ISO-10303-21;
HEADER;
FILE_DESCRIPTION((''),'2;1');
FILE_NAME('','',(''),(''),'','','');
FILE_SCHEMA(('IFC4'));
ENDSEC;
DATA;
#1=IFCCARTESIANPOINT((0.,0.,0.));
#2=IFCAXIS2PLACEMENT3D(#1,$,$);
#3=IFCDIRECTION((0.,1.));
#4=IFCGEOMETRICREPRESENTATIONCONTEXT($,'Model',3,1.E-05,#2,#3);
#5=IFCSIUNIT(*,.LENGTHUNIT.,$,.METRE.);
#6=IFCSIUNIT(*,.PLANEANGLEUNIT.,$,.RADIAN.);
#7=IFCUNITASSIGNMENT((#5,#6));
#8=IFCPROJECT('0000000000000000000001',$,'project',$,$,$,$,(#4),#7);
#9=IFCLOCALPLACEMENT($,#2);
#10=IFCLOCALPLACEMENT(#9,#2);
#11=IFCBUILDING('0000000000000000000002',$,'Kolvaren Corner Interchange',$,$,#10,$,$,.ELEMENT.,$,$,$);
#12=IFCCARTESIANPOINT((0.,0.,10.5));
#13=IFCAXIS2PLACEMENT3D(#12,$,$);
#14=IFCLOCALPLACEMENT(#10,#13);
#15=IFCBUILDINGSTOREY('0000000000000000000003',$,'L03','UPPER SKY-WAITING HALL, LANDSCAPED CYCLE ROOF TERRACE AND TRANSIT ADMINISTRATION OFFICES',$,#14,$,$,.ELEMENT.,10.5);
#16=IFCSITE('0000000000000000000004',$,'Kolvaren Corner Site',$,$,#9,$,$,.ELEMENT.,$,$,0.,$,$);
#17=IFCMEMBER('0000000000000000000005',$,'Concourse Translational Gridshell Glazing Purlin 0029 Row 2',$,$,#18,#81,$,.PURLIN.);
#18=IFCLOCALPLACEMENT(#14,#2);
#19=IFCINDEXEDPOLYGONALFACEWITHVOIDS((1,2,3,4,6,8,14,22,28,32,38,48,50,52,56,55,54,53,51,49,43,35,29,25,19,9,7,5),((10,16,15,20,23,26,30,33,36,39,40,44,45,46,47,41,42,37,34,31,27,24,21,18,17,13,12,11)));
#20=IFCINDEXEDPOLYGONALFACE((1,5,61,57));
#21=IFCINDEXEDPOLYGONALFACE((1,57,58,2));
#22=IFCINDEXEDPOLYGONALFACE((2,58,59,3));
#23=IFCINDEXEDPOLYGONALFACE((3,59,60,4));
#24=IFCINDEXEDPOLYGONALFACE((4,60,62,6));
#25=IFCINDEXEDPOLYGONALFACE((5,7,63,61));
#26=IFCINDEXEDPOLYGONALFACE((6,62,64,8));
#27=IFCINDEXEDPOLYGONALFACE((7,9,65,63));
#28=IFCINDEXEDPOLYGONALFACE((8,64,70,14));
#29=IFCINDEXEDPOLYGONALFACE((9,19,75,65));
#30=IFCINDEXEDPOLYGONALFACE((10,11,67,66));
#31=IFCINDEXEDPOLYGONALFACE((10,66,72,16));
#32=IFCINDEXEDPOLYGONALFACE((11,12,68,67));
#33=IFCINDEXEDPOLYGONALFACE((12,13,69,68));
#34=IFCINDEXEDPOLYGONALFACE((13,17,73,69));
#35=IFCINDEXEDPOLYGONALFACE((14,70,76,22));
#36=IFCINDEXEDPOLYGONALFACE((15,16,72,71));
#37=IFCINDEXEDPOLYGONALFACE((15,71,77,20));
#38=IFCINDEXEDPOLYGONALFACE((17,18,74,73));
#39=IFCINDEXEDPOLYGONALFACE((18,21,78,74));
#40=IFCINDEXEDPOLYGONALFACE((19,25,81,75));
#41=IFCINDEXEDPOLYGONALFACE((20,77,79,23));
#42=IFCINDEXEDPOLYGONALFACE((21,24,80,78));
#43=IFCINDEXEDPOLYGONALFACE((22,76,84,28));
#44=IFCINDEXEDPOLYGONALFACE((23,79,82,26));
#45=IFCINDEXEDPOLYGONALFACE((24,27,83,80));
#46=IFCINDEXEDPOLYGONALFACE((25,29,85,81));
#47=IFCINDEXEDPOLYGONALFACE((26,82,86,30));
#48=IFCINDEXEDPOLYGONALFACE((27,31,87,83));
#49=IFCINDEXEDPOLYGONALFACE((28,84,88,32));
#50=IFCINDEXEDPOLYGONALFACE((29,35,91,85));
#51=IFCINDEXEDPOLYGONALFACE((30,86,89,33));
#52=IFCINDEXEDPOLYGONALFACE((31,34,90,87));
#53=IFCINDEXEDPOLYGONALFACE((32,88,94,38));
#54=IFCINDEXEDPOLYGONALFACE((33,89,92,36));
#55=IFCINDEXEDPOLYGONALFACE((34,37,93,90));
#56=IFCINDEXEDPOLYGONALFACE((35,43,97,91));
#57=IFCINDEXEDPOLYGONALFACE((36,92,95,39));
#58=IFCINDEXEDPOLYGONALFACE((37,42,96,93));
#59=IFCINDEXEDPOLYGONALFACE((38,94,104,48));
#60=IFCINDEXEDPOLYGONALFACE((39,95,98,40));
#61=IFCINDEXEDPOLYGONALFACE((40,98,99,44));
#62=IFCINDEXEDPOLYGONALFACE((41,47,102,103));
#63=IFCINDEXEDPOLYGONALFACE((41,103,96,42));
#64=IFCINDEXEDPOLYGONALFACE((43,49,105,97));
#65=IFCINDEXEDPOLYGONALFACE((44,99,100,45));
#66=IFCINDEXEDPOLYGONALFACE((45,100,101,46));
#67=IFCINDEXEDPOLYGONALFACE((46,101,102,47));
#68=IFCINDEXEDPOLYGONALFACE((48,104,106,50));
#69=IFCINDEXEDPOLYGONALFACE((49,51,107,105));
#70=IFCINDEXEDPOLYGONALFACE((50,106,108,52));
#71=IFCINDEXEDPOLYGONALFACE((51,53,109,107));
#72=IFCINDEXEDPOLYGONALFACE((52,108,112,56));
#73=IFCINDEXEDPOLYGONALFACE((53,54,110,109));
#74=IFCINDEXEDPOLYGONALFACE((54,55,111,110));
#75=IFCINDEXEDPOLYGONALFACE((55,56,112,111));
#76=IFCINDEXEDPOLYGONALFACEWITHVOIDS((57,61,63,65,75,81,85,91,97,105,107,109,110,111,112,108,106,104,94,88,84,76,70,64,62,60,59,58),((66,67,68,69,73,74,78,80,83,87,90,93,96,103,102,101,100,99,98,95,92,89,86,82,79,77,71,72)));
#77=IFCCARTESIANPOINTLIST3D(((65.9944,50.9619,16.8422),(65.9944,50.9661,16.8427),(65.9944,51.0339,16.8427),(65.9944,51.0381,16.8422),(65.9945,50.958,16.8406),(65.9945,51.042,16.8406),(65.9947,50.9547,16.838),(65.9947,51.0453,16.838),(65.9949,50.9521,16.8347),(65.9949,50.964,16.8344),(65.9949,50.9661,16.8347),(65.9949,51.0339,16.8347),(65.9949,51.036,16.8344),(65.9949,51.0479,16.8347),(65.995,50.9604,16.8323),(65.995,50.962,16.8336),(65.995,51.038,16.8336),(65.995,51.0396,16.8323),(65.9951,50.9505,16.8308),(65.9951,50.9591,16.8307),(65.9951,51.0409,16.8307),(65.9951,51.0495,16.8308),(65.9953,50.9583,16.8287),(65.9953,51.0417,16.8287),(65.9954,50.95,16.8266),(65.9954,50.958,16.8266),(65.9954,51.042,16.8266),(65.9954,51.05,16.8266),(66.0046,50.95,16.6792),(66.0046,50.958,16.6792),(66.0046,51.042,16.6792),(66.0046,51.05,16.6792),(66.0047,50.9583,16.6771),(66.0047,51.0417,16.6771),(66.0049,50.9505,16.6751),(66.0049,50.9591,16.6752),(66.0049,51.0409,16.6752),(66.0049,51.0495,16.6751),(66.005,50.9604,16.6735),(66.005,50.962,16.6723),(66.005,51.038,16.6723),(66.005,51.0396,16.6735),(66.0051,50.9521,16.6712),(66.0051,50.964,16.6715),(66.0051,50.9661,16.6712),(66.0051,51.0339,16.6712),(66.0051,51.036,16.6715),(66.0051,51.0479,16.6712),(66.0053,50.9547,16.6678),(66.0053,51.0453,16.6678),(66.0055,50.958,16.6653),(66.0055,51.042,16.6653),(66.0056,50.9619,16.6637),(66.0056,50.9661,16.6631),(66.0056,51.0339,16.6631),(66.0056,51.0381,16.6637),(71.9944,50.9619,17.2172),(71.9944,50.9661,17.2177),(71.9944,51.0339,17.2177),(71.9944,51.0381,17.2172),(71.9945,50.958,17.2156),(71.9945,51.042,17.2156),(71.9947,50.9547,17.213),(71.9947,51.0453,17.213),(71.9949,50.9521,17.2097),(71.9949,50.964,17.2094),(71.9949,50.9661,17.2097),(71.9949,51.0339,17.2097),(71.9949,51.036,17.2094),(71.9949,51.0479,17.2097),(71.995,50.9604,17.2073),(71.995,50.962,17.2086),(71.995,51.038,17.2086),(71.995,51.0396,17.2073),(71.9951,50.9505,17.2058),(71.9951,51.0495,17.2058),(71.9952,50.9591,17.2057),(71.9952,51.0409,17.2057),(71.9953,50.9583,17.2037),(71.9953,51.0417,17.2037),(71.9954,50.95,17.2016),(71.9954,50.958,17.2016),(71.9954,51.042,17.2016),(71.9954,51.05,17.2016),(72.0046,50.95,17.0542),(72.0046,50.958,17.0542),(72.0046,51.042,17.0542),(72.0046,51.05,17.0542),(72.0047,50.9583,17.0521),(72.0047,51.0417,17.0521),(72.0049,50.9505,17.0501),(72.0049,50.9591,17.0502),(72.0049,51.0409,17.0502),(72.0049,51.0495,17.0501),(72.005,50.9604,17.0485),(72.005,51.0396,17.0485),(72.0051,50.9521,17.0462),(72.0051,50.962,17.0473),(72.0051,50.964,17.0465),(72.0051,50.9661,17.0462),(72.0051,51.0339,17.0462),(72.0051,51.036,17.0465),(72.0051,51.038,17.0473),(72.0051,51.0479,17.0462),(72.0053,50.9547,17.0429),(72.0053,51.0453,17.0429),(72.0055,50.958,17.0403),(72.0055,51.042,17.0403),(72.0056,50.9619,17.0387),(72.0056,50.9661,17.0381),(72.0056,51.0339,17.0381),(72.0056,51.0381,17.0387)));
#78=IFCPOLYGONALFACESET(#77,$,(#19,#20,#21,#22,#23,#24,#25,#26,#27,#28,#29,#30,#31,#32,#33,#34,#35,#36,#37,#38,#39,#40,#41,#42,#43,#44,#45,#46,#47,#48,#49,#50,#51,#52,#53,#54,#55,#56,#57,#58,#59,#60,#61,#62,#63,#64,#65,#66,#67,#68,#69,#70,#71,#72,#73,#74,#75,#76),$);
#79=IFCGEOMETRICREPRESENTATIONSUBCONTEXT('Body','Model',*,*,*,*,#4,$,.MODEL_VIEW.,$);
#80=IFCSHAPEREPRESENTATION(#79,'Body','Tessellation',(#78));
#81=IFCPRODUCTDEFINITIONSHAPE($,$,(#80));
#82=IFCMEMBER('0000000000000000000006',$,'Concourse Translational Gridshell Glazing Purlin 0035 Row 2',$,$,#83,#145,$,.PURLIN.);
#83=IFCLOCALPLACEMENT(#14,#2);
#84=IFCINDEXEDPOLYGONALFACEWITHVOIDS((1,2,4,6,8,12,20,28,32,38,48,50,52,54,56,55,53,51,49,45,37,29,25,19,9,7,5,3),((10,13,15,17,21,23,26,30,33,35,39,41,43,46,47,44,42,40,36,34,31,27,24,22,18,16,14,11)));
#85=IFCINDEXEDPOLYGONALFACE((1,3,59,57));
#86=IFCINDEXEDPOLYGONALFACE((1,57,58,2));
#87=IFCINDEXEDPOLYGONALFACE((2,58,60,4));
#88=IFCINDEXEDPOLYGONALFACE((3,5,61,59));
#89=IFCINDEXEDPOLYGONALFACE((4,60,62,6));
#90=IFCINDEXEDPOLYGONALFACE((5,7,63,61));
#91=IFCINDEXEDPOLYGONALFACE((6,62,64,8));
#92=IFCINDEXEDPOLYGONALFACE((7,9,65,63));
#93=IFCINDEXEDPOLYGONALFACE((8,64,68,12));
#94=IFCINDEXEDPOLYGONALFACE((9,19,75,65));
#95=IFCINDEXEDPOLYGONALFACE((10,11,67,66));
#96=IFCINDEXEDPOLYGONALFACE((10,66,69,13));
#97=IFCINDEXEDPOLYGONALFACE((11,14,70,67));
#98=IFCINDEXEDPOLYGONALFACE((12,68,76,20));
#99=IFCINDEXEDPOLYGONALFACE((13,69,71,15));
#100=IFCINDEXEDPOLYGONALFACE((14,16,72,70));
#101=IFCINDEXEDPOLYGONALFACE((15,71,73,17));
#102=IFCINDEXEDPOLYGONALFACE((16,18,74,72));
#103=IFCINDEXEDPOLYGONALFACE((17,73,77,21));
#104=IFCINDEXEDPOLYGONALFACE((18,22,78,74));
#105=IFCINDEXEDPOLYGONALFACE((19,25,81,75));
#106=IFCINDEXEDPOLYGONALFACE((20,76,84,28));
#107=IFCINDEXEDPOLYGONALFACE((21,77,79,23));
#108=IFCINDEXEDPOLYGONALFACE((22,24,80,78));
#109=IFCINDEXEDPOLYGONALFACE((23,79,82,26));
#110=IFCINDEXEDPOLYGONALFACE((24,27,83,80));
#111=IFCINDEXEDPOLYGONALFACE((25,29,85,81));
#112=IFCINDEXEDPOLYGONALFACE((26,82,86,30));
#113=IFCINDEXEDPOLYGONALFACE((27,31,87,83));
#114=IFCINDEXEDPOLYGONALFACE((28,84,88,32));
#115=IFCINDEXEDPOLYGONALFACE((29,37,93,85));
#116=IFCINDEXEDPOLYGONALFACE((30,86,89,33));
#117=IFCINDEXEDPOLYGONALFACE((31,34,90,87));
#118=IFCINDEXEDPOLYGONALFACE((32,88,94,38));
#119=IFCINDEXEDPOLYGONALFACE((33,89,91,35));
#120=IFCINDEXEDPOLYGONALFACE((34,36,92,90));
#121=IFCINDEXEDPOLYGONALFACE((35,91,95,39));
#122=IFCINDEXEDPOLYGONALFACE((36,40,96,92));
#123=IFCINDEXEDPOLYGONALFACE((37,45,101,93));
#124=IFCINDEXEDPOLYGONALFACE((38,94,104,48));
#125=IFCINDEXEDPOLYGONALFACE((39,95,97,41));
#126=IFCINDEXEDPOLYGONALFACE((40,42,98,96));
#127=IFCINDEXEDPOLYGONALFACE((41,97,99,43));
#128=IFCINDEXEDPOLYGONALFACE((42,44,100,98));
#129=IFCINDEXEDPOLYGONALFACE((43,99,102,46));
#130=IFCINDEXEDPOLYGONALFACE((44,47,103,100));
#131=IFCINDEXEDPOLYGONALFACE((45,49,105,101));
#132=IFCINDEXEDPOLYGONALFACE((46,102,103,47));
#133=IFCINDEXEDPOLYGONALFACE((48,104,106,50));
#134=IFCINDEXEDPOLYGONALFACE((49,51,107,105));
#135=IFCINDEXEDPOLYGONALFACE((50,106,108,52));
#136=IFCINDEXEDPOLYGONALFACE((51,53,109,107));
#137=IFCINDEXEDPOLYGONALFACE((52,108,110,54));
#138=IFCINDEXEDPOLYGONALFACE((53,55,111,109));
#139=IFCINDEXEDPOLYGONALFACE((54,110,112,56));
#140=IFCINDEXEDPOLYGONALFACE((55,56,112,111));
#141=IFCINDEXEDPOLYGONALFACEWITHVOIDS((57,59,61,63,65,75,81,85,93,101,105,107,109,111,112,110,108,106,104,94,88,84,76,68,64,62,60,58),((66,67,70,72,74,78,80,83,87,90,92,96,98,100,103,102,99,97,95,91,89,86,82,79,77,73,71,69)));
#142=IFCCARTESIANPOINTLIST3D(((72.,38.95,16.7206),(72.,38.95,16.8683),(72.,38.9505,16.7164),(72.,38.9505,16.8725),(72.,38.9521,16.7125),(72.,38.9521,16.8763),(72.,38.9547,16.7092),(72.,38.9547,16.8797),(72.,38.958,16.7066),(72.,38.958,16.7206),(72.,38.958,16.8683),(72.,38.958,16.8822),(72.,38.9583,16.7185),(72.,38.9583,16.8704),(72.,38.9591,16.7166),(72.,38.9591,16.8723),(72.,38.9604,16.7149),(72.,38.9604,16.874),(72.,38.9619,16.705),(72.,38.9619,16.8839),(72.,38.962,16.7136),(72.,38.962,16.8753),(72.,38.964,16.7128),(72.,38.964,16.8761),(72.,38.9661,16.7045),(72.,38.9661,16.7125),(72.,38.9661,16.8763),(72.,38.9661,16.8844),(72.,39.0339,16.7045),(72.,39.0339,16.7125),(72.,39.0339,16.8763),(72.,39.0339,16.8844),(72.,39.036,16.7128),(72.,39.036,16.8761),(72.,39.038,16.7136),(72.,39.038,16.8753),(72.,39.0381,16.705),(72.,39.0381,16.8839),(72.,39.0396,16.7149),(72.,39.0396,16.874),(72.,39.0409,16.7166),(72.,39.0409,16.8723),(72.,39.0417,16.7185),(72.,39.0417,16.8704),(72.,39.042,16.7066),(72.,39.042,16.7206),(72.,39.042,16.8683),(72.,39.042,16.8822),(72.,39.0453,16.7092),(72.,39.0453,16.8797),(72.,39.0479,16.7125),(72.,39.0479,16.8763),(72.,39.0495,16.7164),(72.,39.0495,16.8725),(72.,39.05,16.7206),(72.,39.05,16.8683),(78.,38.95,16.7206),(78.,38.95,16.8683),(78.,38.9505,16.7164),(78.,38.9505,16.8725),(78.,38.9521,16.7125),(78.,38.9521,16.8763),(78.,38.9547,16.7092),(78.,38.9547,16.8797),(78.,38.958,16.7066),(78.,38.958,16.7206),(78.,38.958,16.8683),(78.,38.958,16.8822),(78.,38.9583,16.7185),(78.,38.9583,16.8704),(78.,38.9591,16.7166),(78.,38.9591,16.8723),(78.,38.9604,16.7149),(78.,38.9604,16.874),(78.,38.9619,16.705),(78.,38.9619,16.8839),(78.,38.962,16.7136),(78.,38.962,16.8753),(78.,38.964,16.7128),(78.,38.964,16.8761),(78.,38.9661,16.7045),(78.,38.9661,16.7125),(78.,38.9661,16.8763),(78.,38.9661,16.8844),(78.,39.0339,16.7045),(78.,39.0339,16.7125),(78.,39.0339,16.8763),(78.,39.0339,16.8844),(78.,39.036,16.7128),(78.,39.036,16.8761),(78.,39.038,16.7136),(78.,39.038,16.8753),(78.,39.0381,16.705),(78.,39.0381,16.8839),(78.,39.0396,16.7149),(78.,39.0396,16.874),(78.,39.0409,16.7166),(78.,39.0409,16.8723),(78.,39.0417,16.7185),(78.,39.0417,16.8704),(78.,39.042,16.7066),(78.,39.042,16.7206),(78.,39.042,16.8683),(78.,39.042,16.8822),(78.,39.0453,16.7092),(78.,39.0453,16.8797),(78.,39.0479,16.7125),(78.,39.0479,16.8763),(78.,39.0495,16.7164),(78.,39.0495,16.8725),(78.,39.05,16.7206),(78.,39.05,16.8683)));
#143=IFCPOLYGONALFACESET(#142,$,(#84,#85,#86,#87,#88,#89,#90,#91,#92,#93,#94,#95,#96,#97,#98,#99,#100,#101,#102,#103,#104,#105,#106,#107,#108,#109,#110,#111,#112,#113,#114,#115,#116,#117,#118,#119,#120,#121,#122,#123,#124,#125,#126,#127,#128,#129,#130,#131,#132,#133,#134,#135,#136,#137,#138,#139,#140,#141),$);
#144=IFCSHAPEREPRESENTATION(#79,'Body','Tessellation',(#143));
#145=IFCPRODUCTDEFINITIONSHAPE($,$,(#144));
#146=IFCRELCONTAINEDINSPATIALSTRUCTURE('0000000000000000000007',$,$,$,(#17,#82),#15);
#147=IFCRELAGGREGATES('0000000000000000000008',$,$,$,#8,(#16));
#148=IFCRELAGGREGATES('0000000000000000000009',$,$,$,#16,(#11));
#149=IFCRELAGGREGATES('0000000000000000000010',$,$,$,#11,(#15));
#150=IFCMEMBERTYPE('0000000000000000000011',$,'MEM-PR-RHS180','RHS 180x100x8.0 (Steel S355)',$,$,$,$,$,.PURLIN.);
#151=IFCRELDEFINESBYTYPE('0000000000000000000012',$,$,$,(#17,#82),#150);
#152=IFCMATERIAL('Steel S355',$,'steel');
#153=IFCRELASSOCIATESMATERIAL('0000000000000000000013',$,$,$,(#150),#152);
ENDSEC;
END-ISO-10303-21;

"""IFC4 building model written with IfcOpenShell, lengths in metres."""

from ifc_helpers import new_model, si_unit, direction, frame, origin, origin_2d, place, context, subcontext, project, spatial, hollow_rectangle, extrude, material, material_profile, profile_set, type_object, element, save


model = new_model("IFC4")

# Units and contexts
model_context = context("Model", 3, precision=1e-05, world=origin(), true_north=direction((0.0, 1.0)))
body_context = subcontext(model_context, "Body", "Model", "MODEL_VIEW")
ifc_project = project(units=[si_unit("LENGTHUNIT", "METRE"), si_unit("PLANEANGLEUNIT", "RADIAN")], contexts=[model_context])

# Site, building, storey
site_placement = place(None, origin())
site = spatial("IfcSite", under=ifc_project, at=site_placement, Name="Kolvaren Corner Site", CompositionType="ELEMENT", RefElevation=0.0)
building_placement = place(site_placement, origin())
building = spatial("IfcBuilding", under=site, at=building_placement, Name="Kolvaren Corner Interchange", CompositionType="ELEMENT")
storey_placement = place(building_placement, frame((0.0, 0.0, 10.5)))
storey = spatial("IfcBuildingStorey", under=building, at=storey_placement, Name="L03", Description="UPPER SKY-WAITING HALL, LANDSCAPED CYCLE ROOF TERRACE AND TRANSIT ADMINISTRATION OFFICES", CompositionType="ELEMENT", Elevation=10.5)

# Members
ifc_material_1 = material(Name="Steel S355", Category="steel")
ifc_material_profile_1 = material_profile(ifc_material_1, hollow_rectangle(XDim=0.1001, YDim=0.1799, WallThickness=0.0081, InnerFilletRadius=0.0081, OuterFilletRadius=0.0161, at=origin_2d()), Name="RHS 180x100x8.0")
ifc_profile_set_1 = profile_set([ifc_material_profile_1], Name="Steel S355")
member_type_1 = type_object("IfcMemberType", Name="MEM-PR-RHS180", Description="RHS 180x100x8.0 (Steel S355)", PredefinedType="PURLIN", material=ifc_profile_set_1)
for number, where, z_axis, x_axis, name in (
    (1, (66.0, 51.0, 16.7529), (0.998053, 0.0, 0.062378), (0.0, 1.0, 0.0), "Concourse Translational Gridshell Glazing Purlin 0029 Row 2"),
):
    element("IfcMember", number, at=place(storey_placement, frame(where, z_axis=z_axis, x_axis=x_axis)), inside=storey, type_object=member_type_1, Name=name, PredefinedType="PURLIN", context=body_context, shape_type="SweptSolid", body=[
        extrude(hollow_rectangle(XDim=0.1001, YDim=0.1799, WallThickness=0.0081, InnerFilletRadius=0.0081, OuterFilletRadius=0.0161, at=origin_2d()), origin(), (0.0, 0.0, 1.0), 6.0117),
    ])
member_1_placement = place(storey_placement, frame((72.0, 39.0, 16.7944), z_axis=(1.0, 0.0, 0.0), x_axis=(0.0, 1.0, 0.0)))
element("IfcMember", 2, at=member_1_placement, inside=storey, type_object=member_type_1, Name="Concourse Translational Gridshell Glazing Purlin 0035 Row 2", PredefinedType="PURLIN", context=body_context, shape_type="SweptSolid", body=[
    extrude(hollow_rectangle(XDim=0.1001, YDim=0.1799, WallThickness=0.0081, InnerFilletRadius=0.0081, OuterFilletRadius=0.0161, at=origin_2d()), origin(), (0.0, 0.0, 1.0), 6.0),
])

save(model, "model.ifc")
